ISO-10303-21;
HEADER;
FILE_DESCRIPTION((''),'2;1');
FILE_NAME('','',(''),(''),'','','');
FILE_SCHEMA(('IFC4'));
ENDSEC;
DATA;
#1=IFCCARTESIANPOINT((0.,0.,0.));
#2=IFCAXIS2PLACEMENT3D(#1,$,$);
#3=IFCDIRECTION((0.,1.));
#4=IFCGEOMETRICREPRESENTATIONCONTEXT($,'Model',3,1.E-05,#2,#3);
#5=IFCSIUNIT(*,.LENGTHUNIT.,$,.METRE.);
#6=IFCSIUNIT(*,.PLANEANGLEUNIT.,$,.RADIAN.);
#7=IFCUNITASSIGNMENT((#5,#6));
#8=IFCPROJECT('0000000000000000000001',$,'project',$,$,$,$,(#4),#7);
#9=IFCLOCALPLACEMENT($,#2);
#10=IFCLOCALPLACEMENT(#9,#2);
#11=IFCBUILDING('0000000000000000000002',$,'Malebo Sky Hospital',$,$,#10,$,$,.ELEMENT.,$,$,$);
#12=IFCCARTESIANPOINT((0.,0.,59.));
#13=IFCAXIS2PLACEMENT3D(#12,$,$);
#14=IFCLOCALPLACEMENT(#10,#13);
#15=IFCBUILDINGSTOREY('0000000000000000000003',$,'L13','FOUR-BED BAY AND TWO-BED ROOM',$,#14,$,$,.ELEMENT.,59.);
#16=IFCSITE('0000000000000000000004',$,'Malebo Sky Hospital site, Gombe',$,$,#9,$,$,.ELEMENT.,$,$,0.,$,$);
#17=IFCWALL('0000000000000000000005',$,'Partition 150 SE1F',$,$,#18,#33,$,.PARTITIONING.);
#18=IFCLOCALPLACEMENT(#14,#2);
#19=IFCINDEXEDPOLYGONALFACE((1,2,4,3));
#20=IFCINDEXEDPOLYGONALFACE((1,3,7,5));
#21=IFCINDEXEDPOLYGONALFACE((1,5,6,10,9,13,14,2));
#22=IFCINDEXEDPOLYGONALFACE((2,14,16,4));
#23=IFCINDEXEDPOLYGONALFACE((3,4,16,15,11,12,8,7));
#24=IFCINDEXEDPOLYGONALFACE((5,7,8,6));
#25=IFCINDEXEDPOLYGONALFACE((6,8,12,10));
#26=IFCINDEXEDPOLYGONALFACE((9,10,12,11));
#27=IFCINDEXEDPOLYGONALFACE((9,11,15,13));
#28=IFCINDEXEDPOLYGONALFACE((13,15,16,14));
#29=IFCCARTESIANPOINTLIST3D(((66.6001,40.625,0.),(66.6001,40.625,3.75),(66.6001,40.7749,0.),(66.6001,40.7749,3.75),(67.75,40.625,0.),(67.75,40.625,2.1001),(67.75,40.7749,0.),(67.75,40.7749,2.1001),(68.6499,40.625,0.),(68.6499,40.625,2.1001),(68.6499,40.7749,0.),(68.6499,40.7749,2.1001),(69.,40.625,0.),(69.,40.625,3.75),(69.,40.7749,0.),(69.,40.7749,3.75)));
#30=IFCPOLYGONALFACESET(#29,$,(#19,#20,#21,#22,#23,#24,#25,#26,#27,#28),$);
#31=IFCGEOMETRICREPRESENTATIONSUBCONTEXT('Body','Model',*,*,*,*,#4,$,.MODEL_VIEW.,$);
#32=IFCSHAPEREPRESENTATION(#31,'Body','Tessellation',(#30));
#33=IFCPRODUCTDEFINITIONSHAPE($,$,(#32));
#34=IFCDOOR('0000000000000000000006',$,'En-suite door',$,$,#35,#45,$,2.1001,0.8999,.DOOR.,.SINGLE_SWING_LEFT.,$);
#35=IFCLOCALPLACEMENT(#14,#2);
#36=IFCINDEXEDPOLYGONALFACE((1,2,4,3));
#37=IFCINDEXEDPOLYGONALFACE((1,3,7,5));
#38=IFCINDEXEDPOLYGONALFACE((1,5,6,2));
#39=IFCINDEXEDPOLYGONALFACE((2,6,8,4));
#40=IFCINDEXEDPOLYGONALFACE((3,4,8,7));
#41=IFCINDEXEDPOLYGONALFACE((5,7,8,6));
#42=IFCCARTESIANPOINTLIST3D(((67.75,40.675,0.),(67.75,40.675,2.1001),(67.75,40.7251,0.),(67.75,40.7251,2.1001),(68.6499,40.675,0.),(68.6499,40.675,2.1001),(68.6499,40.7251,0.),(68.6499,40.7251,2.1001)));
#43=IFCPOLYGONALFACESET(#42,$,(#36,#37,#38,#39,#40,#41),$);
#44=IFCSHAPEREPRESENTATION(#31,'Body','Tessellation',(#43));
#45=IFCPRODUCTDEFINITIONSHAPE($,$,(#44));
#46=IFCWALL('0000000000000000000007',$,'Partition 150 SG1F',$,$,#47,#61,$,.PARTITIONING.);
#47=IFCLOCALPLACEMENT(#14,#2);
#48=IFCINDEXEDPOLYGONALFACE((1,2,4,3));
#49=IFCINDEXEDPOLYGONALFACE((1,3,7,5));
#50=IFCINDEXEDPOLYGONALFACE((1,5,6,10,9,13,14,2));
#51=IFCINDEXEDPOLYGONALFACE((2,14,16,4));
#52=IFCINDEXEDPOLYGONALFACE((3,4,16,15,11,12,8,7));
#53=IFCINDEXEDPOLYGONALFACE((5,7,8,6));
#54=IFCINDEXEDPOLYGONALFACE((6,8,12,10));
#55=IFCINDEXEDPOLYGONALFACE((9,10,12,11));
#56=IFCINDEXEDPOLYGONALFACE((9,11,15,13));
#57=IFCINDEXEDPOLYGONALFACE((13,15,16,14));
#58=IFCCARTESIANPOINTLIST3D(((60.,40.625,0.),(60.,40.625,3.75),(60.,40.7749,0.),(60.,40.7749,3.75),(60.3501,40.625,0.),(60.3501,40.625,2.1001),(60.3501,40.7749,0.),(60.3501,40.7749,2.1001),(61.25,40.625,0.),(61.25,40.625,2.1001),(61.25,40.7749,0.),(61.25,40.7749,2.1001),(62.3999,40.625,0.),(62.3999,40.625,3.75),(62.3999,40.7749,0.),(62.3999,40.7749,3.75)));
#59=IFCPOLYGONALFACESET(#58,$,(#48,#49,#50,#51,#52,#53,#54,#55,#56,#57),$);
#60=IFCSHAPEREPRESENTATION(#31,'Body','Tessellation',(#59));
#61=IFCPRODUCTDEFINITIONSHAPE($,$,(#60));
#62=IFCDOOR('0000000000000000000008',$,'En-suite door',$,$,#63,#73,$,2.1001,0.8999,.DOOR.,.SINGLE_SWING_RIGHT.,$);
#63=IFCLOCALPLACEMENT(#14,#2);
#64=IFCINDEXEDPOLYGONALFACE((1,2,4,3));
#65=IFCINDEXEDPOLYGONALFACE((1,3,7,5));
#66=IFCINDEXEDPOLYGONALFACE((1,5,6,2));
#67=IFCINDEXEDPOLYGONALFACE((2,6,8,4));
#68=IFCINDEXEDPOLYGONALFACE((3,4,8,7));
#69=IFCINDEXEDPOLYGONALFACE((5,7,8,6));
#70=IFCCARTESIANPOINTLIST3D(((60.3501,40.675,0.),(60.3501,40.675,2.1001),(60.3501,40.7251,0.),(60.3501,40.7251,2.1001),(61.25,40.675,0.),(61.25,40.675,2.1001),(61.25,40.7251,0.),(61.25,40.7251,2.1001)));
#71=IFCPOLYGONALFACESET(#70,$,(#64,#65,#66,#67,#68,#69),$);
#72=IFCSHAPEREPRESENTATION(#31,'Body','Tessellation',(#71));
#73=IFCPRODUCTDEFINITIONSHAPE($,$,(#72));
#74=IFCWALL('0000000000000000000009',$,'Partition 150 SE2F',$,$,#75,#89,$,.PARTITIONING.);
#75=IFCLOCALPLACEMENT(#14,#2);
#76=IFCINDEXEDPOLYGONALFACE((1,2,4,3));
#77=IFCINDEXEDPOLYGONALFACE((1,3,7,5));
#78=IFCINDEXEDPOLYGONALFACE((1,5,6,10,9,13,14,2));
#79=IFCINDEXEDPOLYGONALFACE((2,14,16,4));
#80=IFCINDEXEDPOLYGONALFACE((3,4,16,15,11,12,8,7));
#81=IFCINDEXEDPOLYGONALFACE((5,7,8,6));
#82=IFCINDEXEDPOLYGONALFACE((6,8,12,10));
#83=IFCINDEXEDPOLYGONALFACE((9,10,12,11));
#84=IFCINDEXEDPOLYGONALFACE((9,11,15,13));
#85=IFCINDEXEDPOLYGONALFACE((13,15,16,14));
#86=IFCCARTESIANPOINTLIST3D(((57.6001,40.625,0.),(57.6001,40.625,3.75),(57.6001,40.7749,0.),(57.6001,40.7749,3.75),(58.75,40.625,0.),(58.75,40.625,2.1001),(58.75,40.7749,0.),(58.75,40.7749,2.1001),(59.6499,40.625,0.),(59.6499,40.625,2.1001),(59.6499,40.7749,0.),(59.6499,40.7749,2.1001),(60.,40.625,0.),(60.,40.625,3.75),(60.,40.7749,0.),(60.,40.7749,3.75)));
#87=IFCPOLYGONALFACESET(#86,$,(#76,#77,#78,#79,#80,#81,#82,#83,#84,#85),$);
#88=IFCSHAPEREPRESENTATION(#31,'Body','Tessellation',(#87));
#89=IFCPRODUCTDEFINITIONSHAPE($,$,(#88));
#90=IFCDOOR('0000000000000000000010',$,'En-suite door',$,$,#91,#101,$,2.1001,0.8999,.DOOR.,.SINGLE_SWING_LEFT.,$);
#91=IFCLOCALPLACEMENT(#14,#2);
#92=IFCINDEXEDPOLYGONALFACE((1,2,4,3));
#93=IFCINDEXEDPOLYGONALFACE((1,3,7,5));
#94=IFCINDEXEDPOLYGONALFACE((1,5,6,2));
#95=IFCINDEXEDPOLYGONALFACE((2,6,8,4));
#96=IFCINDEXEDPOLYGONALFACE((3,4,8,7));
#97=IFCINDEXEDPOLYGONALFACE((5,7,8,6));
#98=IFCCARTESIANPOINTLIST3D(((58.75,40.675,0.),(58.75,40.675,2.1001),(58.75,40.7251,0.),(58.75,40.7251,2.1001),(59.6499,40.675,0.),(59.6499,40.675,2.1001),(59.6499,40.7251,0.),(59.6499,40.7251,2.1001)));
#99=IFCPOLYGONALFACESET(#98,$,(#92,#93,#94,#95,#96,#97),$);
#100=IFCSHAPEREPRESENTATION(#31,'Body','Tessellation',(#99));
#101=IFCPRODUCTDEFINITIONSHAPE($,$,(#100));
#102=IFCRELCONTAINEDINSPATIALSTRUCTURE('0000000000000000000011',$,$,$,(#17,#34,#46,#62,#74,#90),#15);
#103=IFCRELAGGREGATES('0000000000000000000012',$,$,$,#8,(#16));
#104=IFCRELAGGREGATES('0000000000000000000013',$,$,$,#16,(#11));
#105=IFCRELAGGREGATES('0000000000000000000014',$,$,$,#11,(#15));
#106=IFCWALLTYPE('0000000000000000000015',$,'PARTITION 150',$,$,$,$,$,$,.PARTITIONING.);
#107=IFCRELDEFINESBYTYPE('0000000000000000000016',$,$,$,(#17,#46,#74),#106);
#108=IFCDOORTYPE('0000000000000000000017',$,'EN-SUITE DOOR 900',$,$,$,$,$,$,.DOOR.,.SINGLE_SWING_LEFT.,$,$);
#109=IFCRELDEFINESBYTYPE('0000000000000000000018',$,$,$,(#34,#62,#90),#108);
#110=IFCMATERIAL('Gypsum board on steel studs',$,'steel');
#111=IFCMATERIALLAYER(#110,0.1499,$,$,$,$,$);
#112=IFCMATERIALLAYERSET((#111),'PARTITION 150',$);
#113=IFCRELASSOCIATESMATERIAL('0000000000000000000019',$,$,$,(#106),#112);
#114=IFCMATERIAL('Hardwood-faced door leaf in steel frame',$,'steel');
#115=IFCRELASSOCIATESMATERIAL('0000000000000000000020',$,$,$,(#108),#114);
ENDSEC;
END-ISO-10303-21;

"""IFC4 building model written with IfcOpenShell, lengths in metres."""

from ifc_helpers import new_model, si_unit, direction, frame, frame_2d, origin, place, context, subcontext, project, spatial, rectangle, extrude, material, layer, layer_set, type_object, element, fill, save


model = new_model("IFC4")

# Units and contexts
model_context = context("Model", 3, precision=1e-05, world=origin(), true_north=direction((0.0, 1.0)))
body_context = subcontext(model_context, "Body", "Model", "MODEL_VIEW")
ifc_project = project(units=[si_unit("LENGTHUNIT", "METRE"), si_unit("PLANEANGLEUNIT", "RADIAN")], contexts=[model_context])

# Site, building, storey
site_placement = place(None, origin())
site = spatial("IfcSite", under=ifc_project, at=site_placement, Name="Malebo Sky Hospital site, Gombe", CompositionType="ELEMENT", RefElevation=0.0)
building_placement = place(site_placement, origin())
building = spatial("IfcBuilding", under=site, at=building_placement, Name="Malebo Sky Hospital", CompositionType="ELEMENT")
storey_placement = place(building_placement, frame((0.0, 0.0, 59.0)))
storey = spatial("IfcBuildingStorey", under=building, at=storey_placement, Name="L13", Description="FOUR-BED BAY AND TWO-BED ROOM", CompositionType="ELEMENT", Elevation=59.0)

# Walls, openings, doors
ifc_material_1 = material(Name="Gypsum board on steel studs", Category="steel")
ifc_layer_1 = layer(ifc_material_1, 0.1499)
ifc_layer_set_1 = layer_set([ifc_layer_1], Name="PARTITION 150")
wall_type = type_object("IfcWallType", Name="PARTITION 150", PredefinedType="PARTITIONING", material=ifc_layer_set_1)
ifc_material_2 = material(Name="Hardwood-faced door leaf in steel frame", Category="steel")
door_type = type_object("IfcDoorType", Name="EN-SUITE DOOR 900", OperationType="SINGLE_SWING_LEFT", PredefinedType="DOOR", material=ifc_material_2)
wall_1_placement = place(storey_placement, frame((69.0, 40.7, 0.0), z_axis=(0.0, 0.0, 1.0), x_axis=(-1.0, 0.0, 0.0)))
wall_1 = element("IfcWall", 1, at=wall_1_placement, inside=storey, type_object=wall_type, Name="Partition 150 SE1F", PredefinedType="PARTITIONING", context=body_context, shape_type="SweptSolid", body=[
    extrude(rectangle(XDim=2.3999, YDim=0.1499, at=frame_2d((1.2, 0.0))), origin(), (0.0, 0.0, 1.0), 3.75),
])
opening_1_placement = place(wall_1_placement, frame((0.3501, 0.0, 0.0)))
opening_1 = element("IfcOpeningElement", 2, at=opening_1_placement, cuts=wall_1, PredefinedType="OPENING", context=body_context, shape_type="SweptSolid", body=[
    extrude(rectangle(XDim=0.8999, YDim=2.1001, at=frame_2d((0.45, 1.05))), frame((0.0, 0.085, 0.0), z_axis=(0.0, -1.0, 0.0), x_axis=(1.0, 0.0, 0.0)), (0.0, 0.0, 1.0), 0.1699),
])
door_1_placement = place(opening_1_placement, origin())
door_1 = element("IfcDoor", 3, at=door_1_placement, inside=storey, type_object=door_type, Name="En-suite door", OperationType="SINGLE_SWING_LEFT", OverallHeight=2.1001, OverallWidth=0.8999, PredefinedType="DOOR", context=body_context, shape_type="SweptSolid", body=[
    extrude(rectangle(XDim=0.8999, YDim=2.1001, at=frame_2d((0.45, 1.05))), frame((0.0, 0.0249, 0.0), z_axis=(0.0, -1.0, 0.0), x_axis=(1.0, 0.0, 0.0)), (0.0, 0.0, 1.0), 0.05),
])
fill(opening_1, door_1)
wall_2_placement = place(storey_placement, frame((62.3999, 40.7, 0.0), z_axis=(0.0, 0.0, 1.0), x_axis=(-1.0, 0.0, 0.0)))
wall_2 = element("IfcWall", 4, at=wall_2_placement, inside=storey, type_object=wall_type, Name="Partition 150 SG1F", PredefinedType="PARTITIONING", context=body_context, shape_type="SweptSolid", body=[
    extrude(rectangle(XDim=2.3999, YDim=0.1499, at=frame_2d((1.2, 0.0))), origin(), (0.0, 0.0, 1.0), 3.75),
])
opening_2_placement = place(wall_2_placement, frame((1.1499, 0.0, 0.0)))
opening_2 = element("IfcOpeningElement", 5, at=opening_2_placement, cuts=wall_2, PredefinedType="OPENING", context=body_context, shape_type="SweptSolid", body=[
    extrude(rectangle(XDim=0.8999, YDim=2.1001, at=frame_2d((0.45, 1.05))), frame((0.0, 0.085, 0.0), z_axis=(0.0, -1.0, 0.0), x_axis=(1.0, 0.0, 0.0)), (0.0, 0.0, 1.0), 0.1699),
])
door_2_placement = place(opening_2_placement, origin())
door_2 = element("IfcDoor", 6, at=door_2_placement, inside=storey, type_object=door_type, Name="En-suite door", OperationType="SINGLE_SWING_RIGHT", OverallHeight=2.1001, OverallWidth=0.8999, PredefinedType="DOOR", context=body_context, shape_type="SweptSolid", body=[
    extrude(rectangle(XDim=0.8999, YDim=2.1001, at=frame_2d((0.45, 1.05))), frame((0.0, 0.0249, 0.0), z_axis=(0.0, -1.0, 0.0), x_axis=(1.0, 0.0, 0.0)), (0.0, 0.0, 1.0), 0.05),
])
fill(opening_2, door_2)
wall_3_placement = place(storey_placement, frame((60.0, 40.7, 0.0), z_axis=(0.0, 0.0, 1.0), x_axis=(-1.0, 0.0, 0.0)))
wall_3 = element("IfcWall", 7, at=wall_3_placement, inside=storey, type_object=wall_type, Name="Partition 150 SE2F", PredefinedType="PARTITIONING", context=body_context, shape_type="SweptSolid", body=[
    extrude(rectangle(XDim=2.3999, YDim=0.1499, at=frame_2d((1.2, 0.0))), origin(), (0.0, 0.0, 1.0), 3.75),
])
opening_3_placement = place(wall_3_placement, frame((0.3501, 0.0, 0.0)))
opening_3 = element("IfcOpeningElement", 8, at=opening_3_placement, cuts=wall_3, PredefinedType="OPENING", context=body_context, shape_type="SweptSolid", body=[
    extrude(rectangle(XDim=0.8999, YDim=2.1001, at=frame_2d((0.45, 1.05))), frame((0.0, 0.085, 0.0), z_axis=(0.0, -1.0, 0.0), x_axis=(1.0, 0.0, 0.0)), (0.0, 0.0, 1.0), 0.1699),
])
door_3_placement = place(opening_3_placement, origin())
door_3 = element("IfcDoor", 9, at=door_3_placement, inside=storey, type_object=door_type, Name="En-suite door", OperationType="SINGLE_SWING_LEFT", OverallHeight=2.1001, OverallWidth=0.8999, PredefinedType="DOOR", context=body_context, shape_type="SweptSolid", body=[
    extrude(rectangle(XDim=0.8999, YDim=2.1001, at=frame_2d((0.45, 1.05))), frame((0.0, 0.0249, 0.0), z_axis=(0.0, -1.0, 0.0), x_axis=(1.0, 0.0, 0.0)), (0.0, 0.0, 1.0), 0.05),
])
fill(opening_3, door_3)

save(model, "model.ifc")
